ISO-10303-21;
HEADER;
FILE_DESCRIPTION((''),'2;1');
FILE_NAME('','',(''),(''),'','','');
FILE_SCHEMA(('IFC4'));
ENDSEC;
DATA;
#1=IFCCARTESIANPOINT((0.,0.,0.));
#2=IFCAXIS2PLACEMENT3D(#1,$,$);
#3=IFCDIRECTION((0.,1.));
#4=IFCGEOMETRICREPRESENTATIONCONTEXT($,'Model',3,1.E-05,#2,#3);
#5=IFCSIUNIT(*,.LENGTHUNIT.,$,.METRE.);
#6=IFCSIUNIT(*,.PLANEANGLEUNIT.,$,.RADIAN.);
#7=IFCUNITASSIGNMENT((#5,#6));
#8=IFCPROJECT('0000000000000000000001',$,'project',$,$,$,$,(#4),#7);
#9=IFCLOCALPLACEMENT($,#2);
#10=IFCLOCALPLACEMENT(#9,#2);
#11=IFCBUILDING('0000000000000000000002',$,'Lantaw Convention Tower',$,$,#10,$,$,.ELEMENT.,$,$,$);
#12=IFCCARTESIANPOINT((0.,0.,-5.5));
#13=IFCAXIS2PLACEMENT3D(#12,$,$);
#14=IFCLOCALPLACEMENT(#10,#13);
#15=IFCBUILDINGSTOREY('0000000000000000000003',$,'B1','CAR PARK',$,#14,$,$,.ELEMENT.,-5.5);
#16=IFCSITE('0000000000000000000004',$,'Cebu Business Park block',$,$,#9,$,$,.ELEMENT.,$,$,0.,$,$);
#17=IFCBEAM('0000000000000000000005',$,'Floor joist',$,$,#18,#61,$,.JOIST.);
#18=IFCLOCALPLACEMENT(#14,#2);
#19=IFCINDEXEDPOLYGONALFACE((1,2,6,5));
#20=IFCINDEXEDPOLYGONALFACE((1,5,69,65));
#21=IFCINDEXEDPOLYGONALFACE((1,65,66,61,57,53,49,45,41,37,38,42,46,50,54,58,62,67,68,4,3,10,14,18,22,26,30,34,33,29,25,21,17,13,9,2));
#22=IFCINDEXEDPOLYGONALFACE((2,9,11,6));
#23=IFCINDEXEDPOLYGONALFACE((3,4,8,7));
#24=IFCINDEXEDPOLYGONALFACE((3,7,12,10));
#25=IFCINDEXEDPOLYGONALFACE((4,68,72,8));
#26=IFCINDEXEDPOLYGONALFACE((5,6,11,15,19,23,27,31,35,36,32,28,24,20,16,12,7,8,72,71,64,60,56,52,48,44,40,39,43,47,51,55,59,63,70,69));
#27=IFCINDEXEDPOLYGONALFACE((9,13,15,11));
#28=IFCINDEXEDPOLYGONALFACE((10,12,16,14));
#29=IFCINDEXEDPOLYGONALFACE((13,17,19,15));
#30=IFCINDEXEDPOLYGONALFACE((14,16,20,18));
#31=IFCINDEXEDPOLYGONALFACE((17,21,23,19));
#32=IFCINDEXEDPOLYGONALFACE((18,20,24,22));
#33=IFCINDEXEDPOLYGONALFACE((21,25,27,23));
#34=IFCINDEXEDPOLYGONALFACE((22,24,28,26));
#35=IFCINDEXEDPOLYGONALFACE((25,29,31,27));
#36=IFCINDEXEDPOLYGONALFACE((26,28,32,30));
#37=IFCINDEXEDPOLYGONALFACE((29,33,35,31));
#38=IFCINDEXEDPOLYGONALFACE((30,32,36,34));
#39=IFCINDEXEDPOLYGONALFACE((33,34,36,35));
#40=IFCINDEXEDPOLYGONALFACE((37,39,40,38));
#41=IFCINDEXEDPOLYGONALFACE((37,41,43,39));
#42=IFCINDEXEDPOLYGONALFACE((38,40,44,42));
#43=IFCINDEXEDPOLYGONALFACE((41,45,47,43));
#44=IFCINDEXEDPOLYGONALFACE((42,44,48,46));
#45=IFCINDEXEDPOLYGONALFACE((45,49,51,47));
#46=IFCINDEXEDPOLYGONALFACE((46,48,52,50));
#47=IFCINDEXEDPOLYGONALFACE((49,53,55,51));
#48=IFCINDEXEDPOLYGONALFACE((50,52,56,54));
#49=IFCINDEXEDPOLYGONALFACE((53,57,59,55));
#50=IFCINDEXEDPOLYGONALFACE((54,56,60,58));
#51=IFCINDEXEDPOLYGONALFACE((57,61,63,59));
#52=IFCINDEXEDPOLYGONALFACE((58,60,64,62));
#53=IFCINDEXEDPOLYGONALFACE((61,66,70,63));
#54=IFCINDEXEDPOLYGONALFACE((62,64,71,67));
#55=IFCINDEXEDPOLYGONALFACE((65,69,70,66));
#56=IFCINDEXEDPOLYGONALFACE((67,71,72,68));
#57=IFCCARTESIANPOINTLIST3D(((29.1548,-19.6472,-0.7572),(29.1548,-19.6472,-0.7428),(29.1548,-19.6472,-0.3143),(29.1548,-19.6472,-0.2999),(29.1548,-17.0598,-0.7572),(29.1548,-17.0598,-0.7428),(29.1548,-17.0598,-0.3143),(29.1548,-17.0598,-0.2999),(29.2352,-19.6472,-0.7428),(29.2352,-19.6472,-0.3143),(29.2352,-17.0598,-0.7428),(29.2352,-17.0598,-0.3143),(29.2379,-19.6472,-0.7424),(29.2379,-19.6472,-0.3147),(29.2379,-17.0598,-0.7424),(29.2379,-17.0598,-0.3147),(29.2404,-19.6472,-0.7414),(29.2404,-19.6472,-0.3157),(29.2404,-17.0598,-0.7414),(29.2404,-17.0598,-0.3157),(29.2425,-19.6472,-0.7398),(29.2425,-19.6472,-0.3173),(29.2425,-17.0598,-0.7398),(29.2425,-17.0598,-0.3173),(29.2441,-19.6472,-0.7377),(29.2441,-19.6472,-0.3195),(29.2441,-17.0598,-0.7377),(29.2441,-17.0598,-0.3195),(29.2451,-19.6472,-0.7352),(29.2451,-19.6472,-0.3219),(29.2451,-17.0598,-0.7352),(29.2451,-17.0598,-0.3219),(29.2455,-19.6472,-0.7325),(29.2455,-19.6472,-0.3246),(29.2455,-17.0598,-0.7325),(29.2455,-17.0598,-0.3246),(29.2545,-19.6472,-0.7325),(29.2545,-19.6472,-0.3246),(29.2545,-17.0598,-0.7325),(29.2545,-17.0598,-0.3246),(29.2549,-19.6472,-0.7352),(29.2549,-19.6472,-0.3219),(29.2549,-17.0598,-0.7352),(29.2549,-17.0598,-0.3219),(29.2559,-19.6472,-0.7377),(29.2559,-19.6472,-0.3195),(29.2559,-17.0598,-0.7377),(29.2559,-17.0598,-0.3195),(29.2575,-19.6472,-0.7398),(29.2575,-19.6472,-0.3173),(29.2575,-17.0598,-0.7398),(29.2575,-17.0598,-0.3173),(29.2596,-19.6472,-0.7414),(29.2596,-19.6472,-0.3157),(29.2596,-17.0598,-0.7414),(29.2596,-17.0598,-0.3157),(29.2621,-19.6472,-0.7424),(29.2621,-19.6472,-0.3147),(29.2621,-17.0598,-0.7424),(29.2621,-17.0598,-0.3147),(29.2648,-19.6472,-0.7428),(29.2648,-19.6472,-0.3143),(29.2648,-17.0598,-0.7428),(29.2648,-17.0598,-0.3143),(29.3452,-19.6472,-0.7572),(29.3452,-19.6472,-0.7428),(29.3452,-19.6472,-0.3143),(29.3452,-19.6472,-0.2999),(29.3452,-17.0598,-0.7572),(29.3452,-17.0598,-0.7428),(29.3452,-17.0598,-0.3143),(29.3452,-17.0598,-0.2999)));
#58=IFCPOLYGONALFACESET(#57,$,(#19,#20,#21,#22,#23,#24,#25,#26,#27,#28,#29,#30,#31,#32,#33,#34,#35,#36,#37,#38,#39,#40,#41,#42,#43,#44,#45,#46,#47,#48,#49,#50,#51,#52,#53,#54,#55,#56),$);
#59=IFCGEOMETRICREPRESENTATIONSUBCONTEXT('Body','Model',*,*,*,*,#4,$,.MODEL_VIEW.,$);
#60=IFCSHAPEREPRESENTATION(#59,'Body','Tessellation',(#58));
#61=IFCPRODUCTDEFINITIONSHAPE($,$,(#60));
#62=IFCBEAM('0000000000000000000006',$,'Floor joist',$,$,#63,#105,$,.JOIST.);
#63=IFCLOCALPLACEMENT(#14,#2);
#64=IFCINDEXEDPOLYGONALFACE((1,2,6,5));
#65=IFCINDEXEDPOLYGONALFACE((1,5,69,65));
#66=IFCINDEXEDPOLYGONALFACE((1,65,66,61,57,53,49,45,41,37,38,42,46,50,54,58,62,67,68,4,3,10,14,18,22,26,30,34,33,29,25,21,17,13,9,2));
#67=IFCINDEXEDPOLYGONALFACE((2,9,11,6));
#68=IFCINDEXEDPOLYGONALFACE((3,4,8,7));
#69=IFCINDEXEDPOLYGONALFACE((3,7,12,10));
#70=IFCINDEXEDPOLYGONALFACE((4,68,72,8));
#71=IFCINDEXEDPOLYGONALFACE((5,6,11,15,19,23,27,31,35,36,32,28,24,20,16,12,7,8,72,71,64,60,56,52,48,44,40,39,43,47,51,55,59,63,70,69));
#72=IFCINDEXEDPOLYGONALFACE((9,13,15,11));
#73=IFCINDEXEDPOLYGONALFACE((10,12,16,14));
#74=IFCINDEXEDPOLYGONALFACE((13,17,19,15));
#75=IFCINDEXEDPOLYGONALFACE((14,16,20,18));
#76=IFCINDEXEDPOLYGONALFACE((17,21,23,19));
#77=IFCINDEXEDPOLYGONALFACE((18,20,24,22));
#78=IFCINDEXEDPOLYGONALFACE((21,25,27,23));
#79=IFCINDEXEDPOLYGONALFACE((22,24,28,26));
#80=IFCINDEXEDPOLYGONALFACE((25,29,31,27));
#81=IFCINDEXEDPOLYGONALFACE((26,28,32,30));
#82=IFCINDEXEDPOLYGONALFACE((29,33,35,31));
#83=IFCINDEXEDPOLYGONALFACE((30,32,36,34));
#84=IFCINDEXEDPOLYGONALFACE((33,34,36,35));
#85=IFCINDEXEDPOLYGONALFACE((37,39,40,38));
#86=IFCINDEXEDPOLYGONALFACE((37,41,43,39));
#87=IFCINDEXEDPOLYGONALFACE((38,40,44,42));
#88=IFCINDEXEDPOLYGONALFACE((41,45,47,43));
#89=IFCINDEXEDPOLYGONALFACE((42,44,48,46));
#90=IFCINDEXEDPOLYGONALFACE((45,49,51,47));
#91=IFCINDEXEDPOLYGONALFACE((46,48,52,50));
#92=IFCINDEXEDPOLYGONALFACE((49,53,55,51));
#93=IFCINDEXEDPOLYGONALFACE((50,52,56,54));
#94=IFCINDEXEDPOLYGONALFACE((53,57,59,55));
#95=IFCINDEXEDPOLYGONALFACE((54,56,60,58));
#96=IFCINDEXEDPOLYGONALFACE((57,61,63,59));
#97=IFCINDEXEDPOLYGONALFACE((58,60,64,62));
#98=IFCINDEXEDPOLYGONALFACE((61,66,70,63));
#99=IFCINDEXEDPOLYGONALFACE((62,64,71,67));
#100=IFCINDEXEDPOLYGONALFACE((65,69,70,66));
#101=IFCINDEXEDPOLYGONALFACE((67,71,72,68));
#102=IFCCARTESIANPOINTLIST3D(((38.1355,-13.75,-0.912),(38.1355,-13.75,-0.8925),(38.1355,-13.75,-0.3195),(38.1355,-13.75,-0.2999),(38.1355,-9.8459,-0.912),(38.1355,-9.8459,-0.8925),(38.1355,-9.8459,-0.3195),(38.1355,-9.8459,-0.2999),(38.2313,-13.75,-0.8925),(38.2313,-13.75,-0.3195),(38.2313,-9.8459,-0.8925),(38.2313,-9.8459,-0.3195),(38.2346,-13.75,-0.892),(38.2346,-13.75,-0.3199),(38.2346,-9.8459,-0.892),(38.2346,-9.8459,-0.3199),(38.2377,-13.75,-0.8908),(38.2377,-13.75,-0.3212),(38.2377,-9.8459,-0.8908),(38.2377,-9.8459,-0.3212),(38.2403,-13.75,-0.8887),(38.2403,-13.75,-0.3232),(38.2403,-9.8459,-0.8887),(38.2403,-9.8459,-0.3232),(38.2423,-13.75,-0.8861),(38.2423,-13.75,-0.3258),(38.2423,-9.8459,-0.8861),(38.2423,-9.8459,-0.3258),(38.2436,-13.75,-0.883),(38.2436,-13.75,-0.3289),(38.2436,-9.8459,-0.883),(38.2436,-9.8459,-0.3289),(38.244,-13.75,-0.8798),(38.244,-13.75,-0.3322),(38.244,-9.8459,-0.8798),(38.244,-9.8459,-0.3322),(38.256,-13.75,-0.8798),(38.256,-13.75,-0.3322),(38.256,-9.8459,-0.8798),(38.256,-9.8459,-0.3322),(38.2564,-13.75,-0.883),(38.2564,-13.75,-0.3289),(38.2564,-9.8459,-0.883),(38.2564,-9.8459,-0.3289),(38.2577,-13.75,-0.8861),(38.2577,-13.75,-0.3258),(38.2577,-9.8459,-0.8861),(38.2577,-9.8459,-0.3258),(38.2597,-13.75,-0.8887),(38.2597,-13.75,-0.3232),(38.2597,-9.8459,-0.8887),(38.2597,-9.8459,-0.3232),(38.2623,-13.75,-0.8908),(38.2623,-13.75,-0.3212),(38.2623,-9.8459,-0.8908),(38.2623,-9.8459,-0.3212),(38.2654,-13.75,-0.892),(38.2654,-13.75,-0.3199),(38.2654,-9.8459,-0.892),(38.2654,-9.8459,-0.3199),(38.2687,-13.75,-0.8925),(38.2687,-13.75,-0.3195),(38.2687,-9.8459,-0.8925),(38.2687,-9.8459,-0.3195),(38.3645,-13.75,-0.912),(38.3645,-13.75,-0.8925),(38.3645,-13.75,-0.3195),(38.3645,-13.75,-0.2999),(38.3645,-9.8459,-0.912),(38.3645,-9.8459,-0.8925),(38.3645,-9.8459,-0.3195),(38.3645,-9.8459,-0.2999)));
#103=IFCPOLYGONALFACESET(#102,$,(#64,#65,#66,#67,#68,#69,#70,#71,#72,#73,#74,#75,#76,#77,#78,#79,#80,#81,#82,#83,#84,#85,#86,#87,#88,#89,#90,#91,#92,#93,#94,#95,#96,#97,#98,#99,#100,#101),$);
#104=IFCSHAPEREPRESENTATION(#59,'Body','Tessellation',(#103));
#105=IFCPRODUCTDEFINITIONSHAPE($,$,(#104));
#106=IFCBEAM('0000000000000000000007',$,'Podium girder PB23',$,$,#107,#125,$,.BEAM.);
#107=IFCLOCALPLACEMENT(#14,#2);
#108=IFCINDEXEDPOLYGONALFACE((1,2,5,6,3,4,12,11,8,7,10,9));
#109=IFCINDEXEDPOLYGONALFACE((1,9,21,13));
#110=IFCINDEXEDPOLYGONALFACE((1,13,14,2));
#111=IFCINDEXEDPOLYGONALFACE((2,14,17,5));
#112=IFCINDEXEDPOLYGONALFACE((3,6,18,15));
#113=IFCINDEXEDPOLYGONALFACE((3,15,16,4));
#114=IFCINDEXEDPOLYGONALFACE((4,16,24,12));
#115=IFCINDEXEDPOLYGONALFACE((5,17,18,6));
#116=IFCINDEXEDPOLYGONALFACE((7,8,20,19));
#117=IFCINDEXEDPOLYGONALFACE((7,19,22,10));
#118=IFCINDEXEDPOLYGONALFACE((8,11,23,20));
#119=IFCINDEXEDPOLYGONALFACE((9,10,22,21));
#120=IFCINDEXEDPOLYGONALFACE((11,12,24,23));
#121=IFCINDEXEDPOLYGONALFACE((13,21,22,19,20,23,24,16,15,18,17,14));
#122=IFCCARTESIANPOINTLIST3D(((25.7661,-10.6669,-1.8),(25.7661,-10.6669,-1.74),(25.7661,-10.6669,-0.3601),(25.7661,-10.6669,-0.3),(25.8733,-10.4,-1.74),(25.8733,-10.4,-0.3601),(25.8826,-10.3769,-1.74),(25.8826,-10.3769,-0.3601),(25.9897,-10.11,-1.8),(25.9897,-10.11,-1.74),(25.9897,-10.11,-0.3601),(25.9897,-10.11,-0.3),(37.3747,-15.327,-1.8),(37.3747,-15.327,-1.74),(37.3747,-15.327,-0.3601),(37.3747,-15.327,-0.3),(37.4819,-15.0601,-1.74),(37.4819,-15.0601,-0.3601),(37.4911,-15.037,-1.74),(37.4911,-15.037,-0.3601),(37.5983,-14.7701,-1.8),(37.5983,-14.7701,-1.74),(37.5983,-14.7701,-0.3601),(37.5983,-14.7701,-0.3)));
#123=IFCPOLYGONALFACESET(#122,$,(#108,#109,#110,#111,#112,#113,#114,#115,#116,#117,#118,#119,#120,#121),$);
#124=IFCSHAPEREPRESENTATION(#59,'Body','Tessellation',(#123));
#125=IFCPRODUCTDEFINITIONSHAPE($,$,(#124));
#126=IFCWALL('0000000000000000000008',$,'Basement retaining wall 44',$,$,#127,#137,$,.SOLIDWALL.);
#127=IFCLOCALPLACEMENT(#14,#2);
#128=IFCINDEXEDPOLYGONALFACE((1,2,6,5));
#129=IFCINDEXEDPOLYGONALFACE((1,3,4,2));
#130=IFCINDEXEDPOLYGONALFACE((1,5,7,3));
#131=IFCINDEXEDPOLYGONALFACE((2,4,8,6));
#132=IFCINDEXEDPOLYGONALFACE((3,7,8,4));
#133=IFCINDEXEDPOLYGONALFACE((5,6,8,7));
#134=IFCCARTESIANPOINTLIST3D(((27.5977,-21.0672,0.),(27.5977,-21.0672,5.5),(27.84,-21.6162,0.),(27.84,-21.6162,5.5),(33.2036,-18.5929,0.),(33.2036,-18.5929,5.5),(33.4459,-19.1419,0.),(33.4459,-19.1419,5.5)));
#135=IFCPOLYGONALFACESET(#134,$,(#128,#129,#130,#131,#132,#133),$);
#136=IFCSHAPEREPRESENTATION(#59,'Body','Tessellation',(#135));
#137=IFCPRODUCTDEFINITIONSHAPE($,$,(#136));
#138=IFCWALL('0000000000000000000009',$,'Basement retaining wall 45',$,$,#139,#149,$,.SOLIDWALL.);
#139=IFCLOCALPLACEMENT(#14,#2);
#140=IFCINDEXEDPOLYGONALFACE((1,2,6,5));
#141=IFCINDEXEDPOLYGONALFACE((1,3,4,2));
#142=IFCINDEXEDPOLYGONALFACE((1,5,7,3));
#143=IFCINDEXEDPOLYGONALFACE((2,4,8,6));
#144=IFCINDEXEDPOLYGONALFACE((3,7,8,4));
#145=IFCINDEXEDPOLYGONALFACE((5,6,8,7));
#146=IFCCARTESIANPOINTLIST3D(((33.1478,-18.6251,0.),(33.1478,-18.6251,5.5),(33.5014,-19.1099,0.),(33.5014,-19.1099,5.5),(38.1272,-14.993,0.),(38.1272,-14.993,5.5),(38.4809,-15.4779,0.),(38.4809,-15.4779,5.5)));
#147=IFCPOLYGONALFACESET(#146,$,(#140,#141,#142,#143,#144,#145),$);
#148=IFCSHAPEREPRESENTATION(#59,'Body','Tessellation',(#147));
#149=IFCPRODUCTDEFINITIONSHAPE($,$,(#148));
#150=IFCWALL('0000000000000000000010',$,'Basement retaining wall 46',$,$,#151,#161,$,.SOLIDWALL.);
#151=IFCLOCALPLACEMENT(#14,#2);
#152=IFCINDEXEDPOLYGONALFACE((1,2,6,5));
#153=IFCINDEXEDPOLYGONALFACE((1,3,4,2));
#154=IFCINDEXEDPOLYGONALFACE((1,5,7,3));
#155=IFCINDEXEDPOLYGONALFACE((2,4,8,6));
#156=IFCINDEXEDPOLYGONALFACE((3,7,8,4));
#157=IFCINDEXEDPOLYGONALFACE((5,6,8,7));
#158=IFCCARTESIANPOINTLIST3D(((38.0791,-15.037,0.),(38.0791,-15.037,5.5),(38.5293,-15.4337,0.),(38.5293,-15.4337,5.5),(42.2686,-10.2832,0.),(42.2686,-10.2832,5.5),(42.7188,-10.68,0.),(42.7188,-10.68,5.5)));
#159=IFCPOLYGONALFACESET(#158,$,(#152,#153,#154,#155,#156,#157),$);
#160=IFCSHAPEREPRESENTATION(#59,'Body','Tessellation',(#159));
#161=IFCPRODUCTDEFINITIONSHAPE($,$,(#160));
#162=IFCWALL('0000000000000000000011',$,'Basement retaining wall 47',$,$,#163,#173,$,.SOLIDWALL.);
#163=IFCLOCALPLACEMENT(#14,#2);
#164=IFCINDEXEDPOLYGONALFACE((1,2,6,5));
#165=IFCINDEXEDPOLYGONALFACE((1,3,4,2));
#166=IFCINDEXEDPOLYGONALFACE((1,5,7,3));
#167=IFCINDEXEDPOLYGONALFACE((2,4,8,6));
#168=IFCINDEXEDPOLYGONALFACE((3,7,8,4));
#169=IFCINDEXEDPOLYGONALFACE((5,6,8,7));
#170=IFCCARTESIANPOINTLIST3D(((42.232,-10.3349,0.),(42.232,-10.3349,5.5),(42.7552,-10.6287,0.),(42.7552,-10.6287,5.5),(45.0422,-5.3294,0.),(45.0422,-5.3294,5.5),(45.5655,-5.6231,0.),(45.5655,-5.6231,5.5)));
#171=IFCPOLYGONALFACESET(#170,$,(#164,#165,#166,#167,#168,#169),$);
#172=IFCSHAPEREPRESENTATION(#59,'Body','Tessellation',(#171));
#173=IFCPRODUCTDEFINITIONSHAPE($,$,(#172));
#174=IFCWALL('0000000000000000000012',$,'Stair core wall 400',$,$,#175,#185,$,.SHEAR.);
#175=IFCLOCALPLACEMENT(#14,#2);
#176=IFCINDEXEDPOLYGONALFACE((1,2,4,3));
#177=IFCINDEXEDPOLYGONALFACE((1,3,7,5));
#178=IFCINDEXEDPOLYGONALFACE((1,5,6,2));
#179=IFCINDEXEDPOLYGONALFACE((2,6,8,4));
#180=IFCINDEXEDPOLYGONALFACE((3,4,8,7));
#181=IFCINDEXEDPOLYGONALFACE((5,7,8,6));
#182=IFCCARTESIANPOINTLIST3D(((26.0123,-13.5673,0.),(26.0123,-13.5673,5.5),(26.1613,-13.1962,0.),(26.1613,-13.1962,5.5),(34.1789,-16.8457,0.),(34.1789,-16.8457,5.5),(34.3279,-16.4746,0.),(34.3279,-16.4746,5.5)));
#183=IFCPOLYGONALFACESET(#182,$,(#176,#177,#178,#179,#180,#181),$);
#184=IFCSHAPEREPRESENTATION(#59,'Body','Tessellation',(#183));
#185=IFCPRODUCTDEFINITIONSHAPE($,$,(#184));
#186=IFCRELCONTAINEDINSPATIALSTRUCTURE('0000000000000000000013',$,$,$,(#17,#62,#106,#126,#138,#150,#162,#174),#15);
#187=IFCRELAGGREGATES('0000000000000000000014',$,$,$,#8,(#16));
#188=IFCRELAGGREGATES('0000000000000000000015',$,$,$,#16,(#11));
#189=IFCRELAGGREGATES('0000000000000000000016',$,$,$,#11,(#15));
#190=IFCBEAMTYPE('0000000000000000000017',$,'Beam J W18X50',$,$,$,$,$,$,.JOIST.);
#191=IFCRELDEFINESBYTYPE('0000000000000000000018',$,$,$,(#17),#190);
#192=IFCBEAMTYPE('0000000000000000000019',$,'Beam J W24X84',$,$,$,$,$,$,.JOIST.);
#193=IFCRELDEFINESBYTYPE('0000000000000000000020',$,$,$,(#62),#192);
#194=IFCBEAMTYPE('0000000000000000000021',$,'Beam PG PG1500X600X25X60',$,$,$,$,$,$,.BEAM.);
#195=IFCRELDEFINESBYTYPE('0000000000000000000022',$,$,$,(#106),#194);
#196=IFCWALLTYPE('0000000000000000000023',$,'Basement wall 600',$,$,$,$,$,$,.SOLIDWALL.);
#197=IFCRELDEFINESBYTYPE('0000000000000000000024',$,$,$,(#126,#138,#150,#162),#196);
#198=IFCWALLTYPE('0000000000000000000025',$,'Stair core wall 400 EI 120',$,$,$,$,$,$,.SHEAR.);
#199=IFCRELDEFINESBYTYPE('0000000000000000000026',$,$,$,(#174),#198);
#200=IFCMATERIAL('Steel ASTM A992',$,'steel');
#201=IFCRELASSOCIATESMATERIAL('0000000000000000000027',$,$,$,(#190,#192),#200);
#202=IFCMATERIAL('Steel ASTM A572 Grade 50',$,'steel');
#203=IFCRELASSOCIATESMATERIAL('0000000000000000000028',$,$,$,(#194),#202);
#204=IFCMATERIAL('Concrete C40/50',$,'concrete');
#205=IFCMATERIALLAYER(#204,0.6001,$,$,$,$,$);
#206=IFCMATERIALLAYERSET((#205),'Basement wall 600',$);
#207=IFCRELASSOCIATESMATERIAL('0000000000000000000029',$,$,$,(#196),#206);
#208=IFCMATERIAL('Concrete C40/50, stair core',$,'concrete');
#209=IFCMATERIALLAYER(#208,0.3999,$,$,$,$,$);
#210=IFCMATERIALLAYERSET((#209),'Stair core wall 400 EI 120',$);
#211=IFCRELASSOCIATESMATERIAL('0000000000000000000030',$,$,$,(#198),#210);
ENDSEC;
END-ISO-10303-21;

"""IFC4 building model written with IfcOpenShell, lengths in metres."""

from ifc_helpers import new_model, si_unit, direction, frame, frame_2d, origin, origin_2d, place, context, subcontext, project, spatial, rectangle, i_section, extrude, material, layer, layer_set, material_profile, profile_set, type_object, element, save


model = new_model("IFC4")

# Units and contexts
model_context = context("Model", 3, precision=1e-05, world=origin(), true_north=direction((0.0, 1.0)))
body_context = subcontext(model_context, "Body", "Model", "MODEL_VIEW")
ifc_project = project(units=[si_unit("LENGTHUNIT", "METRE"), si_unit("PLANEANGLEUNIT", "RADIAN")], contexts=[model_context])

# Site, building, storey
site_placement = place(None, origin())
site = spatial("IfcSite", under=ifc_project, at=site_placement, Name="Cebu Business Park block", CompositionType="ELEMENT", RefElevation=0.0)
building_placement = place(site_placement, origin())
building = spatial("IfcBuilding", under=site, at=building_placement, Name="Lantaw Convention Tower", CompositionType="ELEMENT")
storey_placement = place(building_placement, frame((0.0, 0.0, -5.5)))
storey = spatial("IfcBuildingStorey", under=building, at=storey_placement, Name="B1", Description="CAR PARK", CompositionType="ELEMENT", Elevation=-5.5)

# Shared definitions
ifc_material_1 = material(Name="Steel ASTM A572 Grade 50", Category="steel")

# Beams
ifc_material_2 = material(Name="Steel ASTM A992", Category="steel")
ifc_material_profile_1 = material_profile(ifc_material_2, i_section(OverallWidth=0.1904, OverallDepth=0.4573, WebThickness=0.009, FlangeThickness=0.0144, FilletRadius=0.0103, at=origin_2d()), Name="W18X50")
ifc_profile_set_1 = profile_set([ifc_material_profile_1], Name="Steel ASTM A992")
beam_type_1 = type_object("IfcBeamType", Name="Beam J W18X50", PredefinedType="JOIST", material=ifc_profile_set_1)
beam_1_placement = place(storey_placement, frame((29.25, -19.6472, -0.5286), z_axis=(0.0, 1.0, 0.0), x_axis=(-1.0, 0.0, 0.0)))
element("IfcBeam", 1, at=beam_1_placement, inside=storey, type_object=beam_type_1, Name="Floor joist", PredefinedType="JOIST", context=body_context, shape_type="SweptSolid", body=[
    extrude(i_section(OverallWidth=0.1904, OverallDepth=0.4573, WebThickness=0.009, FlangeThickness=0.0144, FilletRadius=0.0103, at=origin_2d()), origin(), (0.0, 0.0, 1.0), 2.5874),
])
ifc_material_profile_2 = material_profile(ifc_material_2, i_section(OverallWidth=0.229, OverallDepth=0.6121, WebThickness=0.012, FlangeThickness=0.0195, FilletRadius=0.0127, at=origin_2d()), Name="W24X84")
ifc_profile_set_2 = profile_set([ifc_material_profile_2], Name="Steel ASTM A992")
beam_type_2 = type_object("IfcBeamType", Name="Beam J W24X84", PredefinedType="JOIST", material=ifc_profile_set_2)
beam_2_placement = place(storey_placement, frame((38.25, -13.75, -0.606), z_axis=(0.0, 1.0, 0.0), x_axis=(-1.0, 0.0, 0.0)))
element("IfcBeam", 2, at=beam_2_placement, inside=storey, type_object=beam_type_2, Name="Floor joist", PredefinedType="JOIST", context=body_context, shape_type="SweptSolid", body=[
    extrude(i_section(OverallWidth=0.229, OverallDepth=0.6121, WebThickness=0.012, FlangeThickness=0.0195, FilletRadius=0.0127, at=origin_2d()), origin(), (0.0, 0.0, 1.0), 3.9041),
])
ifc_material_profile_3 = material_profile(ifc_material_1, i_section(OverallWidth=0.6001, OverallDepth=1.5, WebThickness=0.0249, FlangeThickness=0.0601, at=origin_2d()), Name="PG1500X600X25X60")
ifc_profile_set_3 = profile_set([ifc_material_profile_3], Name="Steel ASTM A572 Grade 50")
beam_type_3 = type_object("IfcBeamType", Name="Beam PG PG1500X600X25X60", PredefinedType="BEAM", material=ifc_profile_set_3)
beam_3_placement = place(storey_placement, frame((25.8779, -10.3884, -1.05), z_axis=(0.928016, -0.372541, 0.0), x_axis=(0.372541, 0.928016, 0.0)))
element("IfcBeam", 3, at=beam_3_placement, inside=storey, type_object=beam_type_3, Name="Podium girder PB23", PredefinedType="BEAM", context=body_context, shape_type="SweptSolid", body=[
    extrude(i_section(OverallWidth=0.6001, OverallDepth=1.5, WebThickness=0.0249, FlangeThickness=0.0601, at=origin_2d()), origin(), (0.0, 0.0, 1.0), 12.509),
])

# Walls
ifc_material_3 = material(Name="Concrete C40/50", Category="concrete")
ifc_layer_1 = layer(ifc_material_3, 0.6001)
ifc_layer_set_1 = layer_set([ifc_layer_1], Name="Basement wall 600")
wall_type_1 = type_object("IfcWallType", Name="Basement wall 600", PredefinedType="SOLIDWALL", material=ifc_layer_set_1)
wall_1_placement = place(storey_placement, frame((27.7188, -21.3418, 0.0), z_axis=(0.0, 0.0, 1.0), x_axis=(0.914849, 0.403797, 0.0)))
element("IfcWall", 4, at=wall_1_placement, inside=storey, type_object=wall_type_1, Name="Basement retaining wall 44", PredefinedType="SOLIDWALL", context=body_context, shape_type="SweptSolid", body=[
    extrude(rectangle(XDim=6.1277, YDim=0.6001, at=frame_2d((3.064, 0.0))), origin(), (0.0, 0.0, 1.0), 5.5),
])
wall_2_placement = place(storey_placement, frame((33.3247, -18.8674, 0.0), z_axis=(0.0, 0.0, 1.0), x_axis=(0.807915, 0.589299, 0.0)))
element("IfcWall", 5, at=wall_2_placement, inside=storey, type_object=wall_type_1, Name="Basement retaining wall 45", PredefinedType="SOLIDWALL", context=body_context, shape_type="SweptSolid", body=[
    extrude(rectangle(XDim=6.1633, YDim=0.6001, at=frame_2d((3.0815, 0.0))), origin(), (0.0, 0.0, 1.0), 5.5),
])
wall_3_placement = place(storey_placement, frame((38.3042, -15.2354, 0.0), z_axis=(0.0, 0.0, 1.0), x_axis=(0.661182, 0.750226, 0.0)))
element("IfcWall", 6, at=wall_3_placement, inside=storey, type_object=wall_type_1, Name="Basement retaining wall 46", PredefinedType="SOLIDWALL", context=body_context, shape_type="SweptSolid", body=[
    extrude(rectangle(XDim=6.3364, YDim=0.6001, at=frame_2d((3.1682, 0.0))), origin(), (0.0, 0.0, 1.0), 5.5),
])
wall_4_placement = place(storey_placement, frame((42.4937, -10.4817, 0.0), z_axis=(0.0, 0.0, 1.0), x_axis=(0.489552, 0.871974, 0.0)))
element("IfcWall", 7, at=wall_4_placement, inside=storey, type_object=wall_type_1, Name="Basement retaining wall 47", PredefinedType="SOLIDWALL", context=body_context, shape_type="SweptSolid", body=[
    extrude(rectangle(XDim=5.7405, YDim=0.6001, at=frame_2d((2.8701, 0.0))), origin(), (0.0, 0.0, 1.0), 5.5),
])
ifc_material_4 = material(Name="Concrete C40/50, stair core", Category="concrete")
ifc_layer_2 = layer(ifc_material_4, 0.3999)
ifc_layer_set_2 = layer_set([ifc_layer_2], Name="Stair core wall 400 EI 120")
wall_type_2 = type_object("IfcWallType", Name="Stair core wall 400 EI 120", PredefinedType="SHEAR", material=ifc_layer_set_2)
wall_5_placement = place(storey_placement, frame((26.0869, -13.3818, 0.0), z_axis=(0.0, 0.0, 1.0), x_axis=(0.928017, -0.372538, 0.0)))
element("IfcWall", 8, at=wall_5_placement, inside=storey, type_object=wall_type_2, Name="Stair core wall 400", PredefinedType="SHEAR", context=body_context, shape_type="SweptSolid", body=[
    extrude(rectangle(XDim=8.8, YDim=0.3999, at=frame_2d((4.3999, 0.0))), origin(), (0.0, 0.0, 1.0), 5.5),
])

save(model, "model.ifc")
